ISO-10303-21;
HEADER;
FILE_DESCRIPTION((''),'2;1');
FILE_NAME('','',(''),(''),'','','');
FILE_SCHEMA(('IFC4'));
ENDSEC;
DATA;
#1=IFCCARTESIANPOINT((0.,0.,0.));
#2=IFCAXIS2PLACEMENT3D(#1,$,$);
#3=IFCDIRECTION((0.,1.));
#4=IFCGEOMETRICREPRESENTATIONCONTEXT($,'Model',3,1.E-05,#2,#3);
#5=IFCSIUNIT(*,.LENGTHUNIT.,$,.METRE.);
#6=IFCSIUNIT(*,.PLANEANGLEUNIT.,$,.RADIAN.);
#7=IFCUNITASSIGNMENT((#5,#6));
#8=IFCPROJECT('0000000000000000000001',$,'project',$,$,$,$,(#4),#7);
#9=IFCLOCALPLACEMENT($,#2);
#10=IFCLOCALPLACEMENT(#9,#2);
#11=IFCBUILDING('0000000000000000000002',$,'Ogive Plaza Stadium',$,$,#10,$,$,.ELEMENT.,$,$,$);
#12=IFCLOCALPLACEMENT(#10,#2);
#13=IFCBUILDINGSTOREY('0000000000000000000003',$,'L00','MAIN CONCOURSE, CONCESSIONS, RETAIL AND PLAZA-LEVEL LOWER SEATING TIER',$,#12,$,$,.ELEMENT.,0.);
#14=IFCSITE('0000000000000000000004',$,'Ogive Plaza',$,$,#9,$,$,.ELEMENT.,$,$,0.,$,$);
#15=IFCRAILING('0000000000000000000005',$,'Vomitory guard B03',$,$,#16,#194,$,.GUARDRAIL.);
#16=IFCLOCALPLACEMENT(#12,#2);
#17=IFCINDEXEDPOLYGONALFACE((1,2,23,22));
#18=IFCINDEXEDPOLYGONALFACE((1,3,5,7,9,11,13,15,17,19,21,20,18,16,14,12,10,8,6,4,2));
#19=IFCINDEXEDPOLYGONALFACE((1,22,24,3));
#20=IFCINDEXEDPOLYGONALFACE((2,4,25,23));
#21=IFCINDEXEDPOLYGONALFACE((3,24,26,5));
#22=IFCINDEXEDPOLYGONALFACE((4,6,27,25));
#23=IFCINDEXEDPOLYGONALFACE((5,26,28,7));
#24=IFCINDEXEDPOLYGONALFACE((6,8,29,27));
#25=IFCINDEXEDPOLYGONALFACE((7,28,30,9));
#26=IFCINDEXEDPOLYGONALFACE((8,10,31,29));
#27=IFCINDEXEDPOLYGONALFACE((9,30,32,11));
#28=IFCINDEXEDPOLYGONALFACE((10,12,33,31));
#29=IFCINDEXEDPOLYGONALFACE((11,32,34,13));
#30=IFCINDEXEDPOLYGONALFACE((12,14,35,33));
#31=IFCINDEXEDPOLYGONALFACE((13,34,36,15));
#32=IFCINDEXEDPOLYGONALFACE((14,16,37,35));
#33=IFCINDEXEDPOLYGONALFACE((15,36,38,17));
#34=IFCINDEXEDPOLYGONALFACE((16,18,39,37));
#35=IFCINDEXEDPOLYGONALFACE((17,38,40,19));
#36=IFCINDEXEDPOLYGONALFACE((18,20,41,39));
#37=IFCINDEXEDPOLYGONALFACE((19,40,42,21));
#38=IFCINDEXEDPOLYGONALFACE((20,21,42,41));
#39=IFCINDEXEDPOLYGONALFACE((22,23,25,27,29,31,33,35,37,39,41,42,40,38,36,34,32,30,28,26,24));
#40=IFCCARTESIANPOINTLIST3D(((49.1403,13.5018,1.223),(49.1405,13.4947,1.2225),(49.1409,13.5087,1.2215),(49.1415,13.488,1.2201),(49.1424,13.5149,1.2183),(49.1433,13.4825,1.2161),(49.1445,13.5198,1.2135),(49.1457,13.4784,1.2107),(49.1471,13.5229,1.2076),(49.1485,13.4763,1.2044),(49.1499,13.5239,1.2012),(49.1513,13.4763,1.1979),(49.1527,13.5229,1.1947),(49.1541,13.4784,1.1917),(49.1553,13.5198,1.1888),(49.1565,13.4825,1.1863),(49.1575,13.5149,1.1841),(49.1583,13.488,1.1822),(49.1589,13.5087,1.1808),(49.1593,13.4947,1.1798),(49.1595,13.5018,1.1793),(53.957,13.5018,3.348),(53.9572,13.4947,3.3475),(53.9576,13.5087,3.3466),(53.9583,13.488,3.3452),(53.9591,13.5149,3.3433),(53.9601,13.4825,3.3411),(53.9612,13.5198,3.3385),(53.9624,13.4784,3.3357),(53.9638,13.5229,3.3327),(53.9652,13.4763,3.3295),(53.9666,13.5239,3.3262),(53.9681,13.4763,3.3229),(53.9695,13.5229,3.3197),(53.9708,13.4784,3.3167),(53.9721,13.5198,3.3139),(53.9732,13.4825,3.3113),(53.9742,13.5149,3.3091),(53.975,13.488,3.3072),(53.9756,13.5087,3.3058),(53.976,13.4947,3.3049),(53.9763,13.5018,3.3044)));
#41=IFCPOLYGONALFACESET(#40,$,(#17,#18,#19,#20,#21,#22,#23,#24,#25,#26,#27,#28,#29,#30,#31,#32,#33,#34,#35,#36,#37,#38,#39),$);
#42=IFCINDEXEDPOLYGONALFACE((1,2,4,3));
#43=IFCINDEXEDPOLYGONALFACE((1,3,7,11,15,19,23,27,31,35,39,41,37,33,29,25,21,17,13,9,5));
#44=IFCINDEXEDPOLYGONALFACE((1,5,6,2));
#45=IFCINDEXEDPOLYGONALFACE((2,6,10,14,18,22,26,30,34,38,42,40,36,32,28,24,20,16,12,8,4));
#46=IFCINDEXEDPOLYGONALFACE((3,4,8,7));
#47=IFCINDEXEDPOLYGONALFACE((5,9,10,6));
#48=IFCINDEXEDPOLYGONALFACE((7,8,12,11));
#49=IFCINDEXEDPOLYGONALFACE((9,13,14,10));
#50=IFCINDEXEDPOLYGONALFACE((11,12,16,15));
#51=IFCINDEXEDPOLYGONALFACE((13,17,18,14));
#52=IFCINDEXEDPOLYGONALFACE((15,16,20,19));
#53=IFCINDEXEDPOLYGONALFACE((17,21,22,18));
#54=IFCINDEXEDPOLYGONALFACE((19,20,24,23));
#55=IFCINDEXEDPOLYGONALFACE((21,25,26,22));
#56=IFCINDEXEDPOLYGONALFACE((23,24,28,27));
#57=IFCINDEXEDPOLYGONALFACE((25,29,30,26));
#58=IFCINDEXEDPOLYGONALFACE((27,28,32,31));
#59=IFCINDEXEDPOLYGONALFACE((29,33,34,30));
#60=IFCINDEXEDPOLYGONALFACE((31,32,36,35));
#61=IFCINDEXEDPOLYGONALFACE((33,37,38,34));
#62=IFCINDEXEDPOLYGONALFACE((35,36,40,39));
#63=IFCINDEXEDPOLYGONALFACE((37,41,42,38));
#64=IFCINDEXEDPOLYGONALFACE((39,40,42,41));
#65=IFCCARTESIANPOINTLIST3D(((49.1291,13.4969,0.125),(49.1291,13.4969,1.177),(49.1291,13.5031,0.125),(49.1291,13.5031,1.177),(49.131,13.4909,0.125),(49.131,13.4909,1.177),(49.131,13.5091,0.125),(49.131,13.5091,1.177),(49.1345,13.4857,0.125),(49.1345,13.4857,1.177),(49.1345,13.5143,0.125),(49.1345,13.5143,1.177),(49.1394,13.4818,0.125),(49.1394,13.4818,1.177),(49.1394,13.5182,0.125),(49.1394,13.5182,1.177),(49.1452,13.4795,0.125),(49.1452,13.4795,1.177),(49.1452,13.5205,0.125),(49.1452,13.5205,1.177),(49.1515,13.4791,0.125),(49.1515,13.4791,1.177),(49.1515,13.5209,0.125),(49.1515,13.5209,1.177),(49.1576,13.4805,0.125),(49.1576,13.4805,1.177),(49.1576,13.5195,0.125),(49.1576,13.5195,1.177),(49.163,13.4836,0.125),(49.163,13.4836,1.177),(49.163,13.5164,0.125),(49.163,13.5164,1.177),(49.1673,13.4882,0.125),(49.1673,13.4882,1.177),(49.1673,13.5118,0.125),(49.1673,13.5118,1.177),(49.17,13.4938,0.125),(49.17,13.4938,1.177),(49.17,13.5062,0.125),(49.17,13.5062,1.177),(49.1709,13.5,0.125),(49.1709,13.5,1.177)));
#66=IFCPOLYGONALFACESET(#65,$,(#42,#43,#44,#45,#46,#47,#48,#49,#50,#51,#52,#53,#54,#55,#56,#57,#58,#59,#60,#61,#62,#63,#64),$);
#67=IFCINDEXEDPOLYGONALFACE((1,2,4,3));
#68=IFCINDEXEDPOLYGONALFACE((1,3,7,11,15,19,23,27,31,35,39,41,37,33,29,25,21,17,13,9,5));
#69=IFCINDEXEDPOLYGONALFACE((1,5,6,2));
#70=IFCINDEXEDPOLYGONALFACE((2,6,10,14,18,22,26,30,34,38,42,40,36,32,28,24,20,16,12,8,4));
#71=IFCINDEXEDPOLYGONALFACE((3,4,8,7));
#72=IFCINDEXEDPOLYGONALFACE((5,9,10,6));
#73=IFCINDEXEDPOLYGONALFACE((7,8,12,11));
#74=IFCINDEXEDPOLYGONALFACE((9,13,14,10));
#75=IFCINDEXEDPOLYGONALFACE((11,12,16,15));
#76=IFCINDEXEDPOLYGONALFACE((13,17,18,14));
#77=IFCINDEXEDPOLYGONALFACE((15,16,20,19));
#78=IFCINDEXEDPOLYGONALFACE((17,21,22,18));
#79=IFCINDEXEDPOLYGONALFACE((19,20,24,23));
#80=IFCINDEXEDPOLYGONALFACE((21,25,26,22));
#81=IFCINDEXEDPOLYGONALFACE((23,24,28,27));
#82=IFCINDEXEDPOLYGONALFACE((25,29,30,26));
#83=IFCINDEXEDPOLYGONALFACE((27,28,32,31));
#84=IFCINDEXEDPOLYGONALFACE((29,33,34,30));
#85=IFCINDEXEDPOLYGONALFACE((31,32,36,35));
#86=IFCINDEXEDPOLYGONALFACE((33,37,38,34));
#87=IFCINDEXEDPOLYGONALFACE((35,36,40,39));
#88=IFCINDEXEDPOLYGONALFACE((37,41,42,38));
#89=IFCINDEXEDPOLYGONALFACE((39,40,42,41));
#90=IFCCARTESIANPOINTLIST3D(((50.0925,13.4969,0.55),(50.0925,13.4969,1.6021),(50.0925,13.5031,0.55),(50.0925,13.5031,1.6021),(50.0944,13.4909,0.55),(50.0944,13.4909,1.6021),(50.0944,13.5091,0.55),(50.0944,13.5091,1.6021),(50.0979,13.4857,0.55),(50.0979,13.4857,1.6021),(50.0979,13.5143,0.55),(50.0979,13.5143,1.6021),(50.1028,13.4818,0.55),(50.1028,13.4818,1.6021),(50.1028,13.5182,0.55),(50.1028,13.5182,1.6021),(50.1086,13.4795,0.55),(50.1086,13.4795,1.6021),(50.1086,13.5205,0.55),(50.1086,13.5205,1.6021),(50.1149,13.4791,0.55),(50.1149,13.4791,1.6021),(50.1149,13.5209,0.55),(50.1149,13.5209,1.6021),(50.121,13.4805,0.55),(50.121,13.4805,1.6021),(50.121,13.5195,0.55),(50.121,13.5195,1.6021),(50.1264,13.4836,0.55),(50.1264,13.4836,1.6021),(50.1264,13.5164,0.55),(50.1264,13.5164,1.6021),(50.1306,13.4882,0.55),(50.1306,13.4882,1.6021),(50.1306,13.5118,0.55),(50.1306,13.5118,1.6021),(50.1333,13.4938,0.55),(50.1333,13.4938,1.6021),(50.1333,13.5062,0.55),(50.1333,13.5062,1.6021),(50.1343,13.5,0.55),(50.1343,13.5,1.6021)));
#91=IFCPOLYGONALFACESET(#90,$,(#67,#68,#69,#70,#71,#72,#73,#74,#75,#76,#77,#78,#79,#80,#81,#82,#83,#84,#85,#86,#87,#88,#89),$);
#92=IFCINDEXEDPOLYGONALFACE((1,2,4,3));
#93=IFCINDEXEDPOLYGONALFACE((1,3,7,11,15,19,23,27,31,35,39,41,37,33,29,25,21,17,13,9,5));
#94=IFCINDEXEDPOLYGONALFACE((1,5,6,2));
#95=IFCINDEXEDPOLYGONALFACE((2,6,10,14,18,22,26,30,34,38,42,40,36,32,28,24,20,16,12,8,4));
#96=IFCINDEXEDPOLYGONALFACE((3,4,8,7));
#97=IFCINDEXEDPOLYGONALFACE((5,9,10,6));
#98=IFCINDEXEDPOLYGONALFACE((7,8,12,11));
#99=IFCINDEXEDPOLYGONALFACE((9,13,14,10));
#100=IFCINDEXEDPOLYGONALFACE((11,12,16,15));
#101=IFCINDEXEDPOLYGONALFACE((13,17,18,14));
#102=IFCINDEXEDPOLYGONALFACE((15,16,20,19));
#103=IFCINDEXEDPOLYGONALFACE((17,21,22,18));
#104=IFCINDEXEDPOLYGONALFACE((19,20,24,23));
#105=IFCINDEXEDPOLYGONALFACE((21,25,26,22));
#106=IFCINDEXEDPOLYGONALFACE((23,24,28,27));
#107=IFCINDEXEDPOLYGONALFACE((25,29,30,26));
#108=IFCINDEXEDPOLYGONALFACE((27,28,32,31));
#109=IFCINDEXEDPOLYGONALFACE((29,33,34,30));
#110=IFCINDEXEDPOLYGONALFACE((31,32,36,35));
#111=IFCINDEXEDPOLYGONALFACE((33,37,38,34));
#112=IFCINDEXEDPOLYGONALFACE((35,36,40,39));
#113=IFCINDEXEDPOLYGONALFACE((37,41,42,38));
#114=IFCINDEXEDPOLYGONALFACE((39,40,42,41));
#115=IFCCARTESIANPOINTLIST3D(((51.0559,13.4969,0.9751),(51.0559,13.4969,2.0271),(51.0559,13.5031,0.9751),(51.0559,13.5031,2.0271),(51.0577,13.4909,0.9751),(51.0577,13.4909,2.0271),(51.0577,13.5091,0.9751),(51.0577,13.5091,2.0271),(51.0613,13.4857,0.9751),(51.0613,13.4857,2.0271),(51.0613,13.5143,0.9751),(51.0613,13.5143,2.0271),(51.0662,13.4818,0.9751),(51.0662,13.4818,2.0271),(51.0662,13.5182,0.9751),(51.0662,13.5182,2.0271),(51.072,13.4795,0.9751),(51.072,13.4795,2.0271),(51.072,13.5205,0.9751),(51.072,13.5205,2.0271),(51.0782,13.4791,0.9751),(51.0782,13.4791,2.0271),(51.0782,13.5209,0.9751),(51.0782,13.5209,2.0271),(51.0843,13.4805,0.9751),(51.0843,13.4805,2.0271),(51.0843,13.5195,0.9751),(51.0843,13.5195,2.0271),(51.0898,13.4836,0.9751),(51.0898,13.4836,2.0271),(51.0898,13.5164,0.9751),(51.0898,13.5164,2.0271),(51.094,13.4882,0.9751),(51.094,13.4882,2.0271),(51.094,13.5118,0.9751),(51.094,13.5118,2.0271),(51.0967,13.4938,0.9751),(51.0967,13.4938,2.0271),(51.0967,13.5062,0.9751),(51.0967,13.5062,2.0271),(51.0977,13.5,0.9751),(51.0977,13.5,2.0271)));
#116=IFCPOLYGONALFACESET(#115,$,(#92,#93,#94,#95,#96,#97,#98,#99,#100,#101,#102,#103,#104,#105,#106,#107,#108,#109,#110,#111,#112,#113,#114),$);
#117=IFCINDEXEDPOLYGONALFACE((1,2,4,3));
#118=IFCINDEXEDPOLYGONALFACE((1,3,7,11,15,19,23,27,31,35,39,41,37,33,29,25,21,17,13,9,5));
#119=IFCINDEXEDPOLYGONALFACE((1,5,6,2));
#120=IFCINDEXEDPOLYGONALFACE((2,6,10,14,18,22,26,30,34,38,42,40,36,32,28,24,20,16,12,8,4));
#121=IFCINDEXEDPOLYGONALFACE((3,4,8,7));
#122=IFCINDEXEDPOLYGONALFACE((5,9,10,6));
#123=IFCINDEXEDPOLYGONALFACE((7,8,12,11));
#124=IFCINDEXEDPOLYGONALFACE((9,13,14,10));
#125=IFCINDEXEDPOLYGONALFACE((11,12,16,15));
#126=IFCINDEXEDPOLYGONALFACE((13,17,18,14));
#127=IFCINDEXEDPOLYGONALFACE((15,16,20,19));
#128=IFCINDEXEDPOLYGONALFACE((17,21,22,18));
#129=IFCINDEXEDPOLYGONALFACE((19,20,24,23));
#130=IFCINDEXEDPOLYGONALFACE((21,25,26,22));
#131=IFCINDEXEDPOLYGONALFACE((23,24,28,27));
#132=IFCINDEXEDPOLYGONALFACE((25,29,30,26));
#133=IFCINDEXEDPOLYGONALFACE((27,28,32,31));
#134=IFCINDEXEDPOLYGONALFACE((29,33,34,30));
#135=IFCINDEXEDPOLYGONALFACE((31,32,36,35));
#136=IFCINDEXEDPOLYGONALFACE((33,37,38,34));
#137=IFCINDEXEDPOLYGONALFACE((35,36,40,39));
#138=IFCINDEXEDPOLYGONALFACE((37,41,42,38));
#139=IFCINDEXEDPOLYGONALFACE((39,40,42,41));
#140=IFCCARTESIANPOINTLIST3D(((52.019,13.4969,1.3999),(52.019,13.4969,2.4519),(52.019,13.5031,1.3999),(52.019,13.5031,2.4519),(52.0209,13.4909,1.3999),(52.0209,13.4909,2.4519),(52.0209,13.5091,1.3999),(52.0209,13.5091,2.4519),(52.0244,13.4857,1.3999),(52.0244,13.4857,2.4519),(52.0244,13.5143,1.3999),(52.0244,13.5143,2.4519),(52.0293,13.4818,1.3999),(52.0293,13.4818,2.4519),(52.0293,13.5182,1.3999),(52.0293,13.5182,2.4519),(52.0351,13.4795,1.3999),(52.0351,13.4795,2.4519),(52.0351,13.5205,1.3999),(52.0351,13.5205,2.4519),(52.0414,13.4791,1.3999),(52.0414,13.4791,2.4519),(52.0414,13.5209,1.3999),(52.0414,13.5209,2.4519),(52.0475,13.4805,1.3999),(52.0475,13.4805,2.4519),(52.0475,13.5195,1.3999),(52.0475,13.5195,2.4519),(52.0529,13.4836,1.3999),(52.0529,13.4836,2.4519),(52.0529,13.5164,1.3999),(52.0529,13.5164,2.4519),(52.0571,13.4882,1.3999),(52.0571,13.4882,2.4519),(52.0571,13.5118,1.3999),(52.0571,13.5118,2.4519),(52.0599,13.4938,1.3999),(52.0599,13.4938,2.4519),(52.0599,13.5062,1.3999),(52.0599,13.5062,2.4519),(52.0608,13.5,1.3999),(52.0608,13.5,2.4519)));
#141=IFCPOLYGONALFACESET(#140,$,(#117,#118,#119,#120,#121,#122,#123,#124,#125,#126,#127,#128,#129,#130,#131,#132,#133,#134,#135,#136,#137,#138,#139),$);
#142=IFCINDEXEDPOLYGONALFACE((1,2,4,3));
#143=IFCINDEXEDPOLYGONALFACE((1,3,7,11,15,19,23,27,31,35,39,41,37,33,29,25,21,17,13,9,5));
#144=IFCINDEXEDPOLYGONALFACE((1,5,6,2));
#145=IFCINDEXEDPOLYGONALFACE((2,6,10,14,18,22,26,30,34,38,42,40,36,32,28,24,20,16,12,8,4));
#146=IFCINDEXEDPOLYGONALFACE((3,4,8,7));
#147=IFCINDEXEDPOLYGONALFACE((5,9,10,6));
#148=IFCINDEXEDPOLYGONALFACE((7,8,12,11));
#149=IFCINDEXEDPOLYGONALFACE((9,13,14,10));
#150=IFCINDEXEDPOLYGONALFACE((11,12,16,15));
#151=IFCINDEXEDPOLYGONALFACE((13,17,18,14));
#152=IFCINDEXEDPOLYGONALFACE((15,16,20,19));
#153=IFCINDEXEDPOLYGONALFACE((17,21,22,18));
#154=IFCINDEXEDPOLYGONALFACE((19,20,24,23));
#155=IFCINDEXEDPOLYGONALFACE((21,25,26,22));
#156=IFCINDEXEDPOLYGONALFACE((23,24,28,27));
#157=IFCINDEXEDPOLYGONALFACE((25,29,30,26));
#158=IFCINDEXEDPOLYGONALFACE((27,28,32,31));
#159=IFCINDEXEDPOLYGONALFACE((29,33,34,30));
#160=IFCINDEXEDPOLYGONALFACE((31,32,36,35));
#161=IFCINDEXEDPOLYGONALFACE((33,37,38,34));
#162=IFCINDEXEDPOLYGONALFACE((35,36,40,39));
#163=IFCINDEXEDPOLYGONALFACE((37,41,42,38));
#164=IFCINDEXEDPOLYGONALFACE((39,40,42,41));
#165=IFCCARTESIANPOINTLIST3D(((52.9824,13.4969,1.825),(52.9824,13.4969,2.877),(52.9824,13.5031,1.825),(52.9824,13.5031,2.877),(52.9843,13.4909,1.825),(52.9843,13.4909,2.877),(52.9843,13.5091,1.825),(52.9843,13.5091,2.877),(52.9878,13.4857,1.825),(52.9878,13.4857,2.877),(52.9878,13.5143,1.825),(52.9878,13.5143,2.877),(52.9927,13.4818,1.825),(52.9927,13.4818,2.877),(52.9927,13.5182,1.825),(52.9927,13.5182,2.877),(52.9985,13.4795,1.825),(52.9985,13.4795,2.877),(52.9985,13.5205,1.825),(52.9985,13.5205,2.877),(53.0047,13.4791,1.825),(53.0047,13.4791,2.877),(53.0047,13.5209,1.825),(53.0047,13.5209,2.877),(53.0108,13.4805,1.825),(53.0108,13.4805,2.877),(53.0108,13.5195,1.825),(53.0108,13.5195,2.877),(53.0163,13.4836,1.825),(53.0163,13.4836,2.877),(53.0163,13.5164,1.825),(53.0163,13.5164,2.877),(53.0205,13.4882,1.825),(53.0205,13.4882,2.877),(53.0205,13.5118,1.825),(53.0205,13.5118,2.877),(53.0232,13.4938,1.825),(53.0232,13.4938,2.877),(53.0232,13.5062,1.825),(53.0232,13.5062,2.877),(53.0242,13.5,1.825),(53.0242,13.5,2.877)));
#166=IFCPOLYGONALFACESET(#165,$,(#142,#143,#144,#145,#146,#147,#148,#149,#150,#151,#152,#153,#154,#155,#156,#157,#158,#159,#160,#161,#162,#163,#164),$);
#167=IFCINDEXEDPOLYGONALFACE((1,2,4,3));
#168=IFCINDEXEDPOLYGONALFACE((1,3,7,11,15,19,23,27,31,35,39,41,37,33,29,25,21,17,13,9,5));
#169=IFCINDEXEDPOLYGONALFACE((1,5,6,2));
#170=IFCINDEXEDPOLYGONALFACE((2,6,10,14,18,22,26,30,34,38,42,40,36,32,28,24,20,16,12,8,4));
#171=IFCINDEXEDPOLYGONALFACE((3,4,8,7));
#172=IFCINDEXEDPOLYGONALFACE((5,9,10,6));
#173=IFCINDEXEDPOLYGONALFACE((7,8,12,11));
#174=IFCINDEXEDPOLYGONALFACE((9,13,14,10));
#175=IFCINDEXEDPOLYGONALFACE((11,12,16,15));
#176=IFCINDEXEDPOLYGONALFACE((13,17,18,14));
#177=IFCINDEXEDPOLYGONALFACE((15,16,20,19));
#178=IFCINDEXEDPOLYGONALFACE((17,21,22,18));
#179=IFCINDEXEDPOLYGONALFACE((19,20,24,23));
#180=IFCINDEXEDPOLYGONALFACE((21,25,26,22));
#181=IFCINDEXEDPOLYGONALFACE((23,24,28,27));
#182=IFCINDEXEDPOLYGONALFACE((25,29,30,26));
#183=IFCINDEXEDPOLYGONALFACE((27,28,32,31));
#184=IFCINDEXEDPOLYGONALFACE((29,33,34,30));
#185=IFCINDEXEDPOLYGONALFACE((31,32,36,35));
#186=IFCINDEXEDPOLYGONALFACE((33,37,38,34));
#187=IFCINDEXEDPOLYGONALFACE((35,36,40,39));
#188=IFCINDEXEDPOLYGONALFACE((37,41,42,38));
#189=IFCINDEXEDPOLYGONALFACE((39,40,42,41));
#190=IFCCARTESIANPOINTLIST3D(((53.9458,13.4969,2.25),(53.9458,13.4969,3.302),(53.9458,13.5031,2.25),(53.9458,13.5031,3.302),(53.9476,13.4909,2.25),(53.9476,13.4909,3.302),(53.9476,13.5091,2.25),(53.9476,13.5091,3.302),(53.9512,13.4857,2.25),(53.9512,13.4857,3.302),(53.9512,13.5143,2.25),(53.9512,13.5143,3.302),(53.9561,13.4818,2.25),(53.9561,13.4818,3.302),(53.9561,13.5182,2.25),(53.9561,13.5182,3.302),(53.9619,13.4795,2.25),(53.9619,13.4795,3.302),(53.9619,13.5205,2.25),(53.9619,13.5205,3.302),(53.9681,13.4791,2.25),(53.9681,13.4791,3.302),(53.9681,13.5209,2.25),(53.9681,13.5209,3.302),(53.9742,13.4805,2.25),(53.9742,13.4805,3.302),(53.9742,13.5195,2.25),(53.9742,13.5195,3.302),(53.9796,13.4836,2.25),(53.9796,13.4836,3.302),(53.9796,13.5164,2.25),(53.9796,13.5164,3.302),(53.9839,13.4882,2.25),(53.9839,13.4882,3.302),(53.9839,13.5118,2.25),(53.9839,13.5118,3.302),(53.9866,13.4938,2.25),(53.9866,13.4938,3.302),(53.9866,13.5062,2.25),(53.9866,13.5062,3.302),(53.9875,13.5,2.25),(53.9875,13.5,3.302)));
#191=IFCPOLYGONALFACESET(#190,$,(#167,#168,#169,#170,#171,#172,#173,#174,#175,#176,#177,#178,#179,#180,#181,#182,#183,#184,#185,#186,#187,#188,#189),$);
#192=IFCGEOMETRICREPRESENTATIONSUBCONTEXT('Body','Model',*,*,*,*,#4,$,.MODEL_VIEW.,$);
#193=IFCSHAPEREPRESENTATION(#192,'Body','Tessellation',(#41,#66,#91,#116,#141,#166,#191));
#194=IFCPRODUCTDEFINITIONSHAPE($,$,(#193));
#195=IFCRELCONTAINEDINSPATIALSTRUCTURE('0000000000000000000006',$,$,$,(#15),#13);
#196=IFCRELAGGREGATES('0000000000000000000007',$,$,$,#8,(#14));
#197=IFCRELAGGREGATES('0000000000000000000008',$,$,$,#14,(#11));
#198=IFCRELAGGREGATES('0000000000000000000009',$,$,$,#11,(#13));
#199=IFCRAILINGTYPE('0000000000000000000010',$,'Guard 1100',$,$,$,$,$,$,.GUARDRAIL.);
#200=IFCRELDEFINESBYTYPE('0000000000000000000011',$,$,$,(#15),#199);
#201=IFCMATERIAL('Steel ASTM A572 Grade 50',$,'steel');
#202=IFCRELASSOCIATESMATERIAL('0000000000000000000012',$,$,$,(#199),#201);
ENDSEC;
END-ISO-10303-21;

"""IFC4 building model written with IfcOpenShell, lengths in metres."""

from ifc_helpers import new_model, si_unit, direction, frame, origin, origin_2d, place, context, subcontext, project, spatial, circle, extrude, material, type_object, element, save


model = new_model("IFC4")

# Units and contexts
model_context = context("Model", 3, precision=1e-05, world=origin(), true_north=direction((0.0, 1.0)))
body_context = subcontext(model_context, "Body", "Model", "MODEL_VIEW")
ifc_project = project(units=[si_unit("LENGTHUNIT", "METRE"), si_unit("PLANEANGLEUNIT", "RADIAN")], contexts=[model_context])

# Site, building, storey
site_placement = place(None, origin())
site = spatial("IfcSite", under=ifc_project, at=site_placement, Name="Ogive Plaza", CompositionType="ELEMENT", RefElevation=0.0)
building_placement = place(site_placement, origin())
building = spatial("IfcBuilding", under=site, at=building_placement, Name="Ogive Plaza Stadium", CompositionType="ELEMENT")
storey_placement = place(building_placement, origin())
storey = spatial("IfcBuildingStorey", under=building, at=storey_placement, Name="L00", Description="MAIN CONCOURSE, CONCESSIONS, RETAIL AND PLAZA-LEVEL LOWER SEATING TIER", CompositionType="ELEMENT", Elevation=0.0)

# Railing
ifc_material_1 = material(Name="Steel ASTM A572 Grade 50", Category="steel")
railing_type = type_object("IfcRailingType", Name="Guard 1100", PredefinedType="GUARDRAIL", material=ifc_material_1)
for number, where, name in (
    (1, (49.1499, 13.5, 0.125), "Vomitory guard B03"),
):
    element("IfcRailing", number, at=place(storey_placement, frame(where)), inside=storey, type_object=railing_type, Name=name, PredefinedType="GUARDRAIL", context=body_context, shape_type="SweptSolid", body=[
        extrude(circle(Radius=0.0239, at=origin_2d()), frame((0.0, 0.0, 1.0762), z_axis=(0.914917, 0.0, 0.403641), x_axis=(0.0, 1.0, 0.0)), (0.0, 0.0, 1.0), 5.2646),
        extrude(circle(Radius=0.021, at=origin_2d()), origin(), (0.0, 0.0, 1.0), 1.052),
        extrude(circle(Radius=0.021, at=origin_2d()), frame((0.9634, 0.0, 0.425)), (0.0, 0.0, 1.0), 1.052),
        extrude(circle(Radius=0.021, at=origin_2d()), frame((1.9268, 0.0, 0.8501)), (0.0, 0.0, 1.0), 1.052),
        extrude(circle(Radius=0.021, at=origin_2d()), frame((2.8899, 0.0, 1.2749)), (0.0, 0.0, 1.0), 1.052),
        extrude(circle(Radius=0.021, at=origin_2d()), frame((3.8533, 0.0, 1.7)), (0.0, 0.0, 1.0), 1.052),
        extrude(circle(Radius=0.021, at=origin_2d()), frame((4.8167, 0.0, 2.125)), (0.0, 0.0, 1.0), 1.052),
    ])

save(model, "model.ifc")
